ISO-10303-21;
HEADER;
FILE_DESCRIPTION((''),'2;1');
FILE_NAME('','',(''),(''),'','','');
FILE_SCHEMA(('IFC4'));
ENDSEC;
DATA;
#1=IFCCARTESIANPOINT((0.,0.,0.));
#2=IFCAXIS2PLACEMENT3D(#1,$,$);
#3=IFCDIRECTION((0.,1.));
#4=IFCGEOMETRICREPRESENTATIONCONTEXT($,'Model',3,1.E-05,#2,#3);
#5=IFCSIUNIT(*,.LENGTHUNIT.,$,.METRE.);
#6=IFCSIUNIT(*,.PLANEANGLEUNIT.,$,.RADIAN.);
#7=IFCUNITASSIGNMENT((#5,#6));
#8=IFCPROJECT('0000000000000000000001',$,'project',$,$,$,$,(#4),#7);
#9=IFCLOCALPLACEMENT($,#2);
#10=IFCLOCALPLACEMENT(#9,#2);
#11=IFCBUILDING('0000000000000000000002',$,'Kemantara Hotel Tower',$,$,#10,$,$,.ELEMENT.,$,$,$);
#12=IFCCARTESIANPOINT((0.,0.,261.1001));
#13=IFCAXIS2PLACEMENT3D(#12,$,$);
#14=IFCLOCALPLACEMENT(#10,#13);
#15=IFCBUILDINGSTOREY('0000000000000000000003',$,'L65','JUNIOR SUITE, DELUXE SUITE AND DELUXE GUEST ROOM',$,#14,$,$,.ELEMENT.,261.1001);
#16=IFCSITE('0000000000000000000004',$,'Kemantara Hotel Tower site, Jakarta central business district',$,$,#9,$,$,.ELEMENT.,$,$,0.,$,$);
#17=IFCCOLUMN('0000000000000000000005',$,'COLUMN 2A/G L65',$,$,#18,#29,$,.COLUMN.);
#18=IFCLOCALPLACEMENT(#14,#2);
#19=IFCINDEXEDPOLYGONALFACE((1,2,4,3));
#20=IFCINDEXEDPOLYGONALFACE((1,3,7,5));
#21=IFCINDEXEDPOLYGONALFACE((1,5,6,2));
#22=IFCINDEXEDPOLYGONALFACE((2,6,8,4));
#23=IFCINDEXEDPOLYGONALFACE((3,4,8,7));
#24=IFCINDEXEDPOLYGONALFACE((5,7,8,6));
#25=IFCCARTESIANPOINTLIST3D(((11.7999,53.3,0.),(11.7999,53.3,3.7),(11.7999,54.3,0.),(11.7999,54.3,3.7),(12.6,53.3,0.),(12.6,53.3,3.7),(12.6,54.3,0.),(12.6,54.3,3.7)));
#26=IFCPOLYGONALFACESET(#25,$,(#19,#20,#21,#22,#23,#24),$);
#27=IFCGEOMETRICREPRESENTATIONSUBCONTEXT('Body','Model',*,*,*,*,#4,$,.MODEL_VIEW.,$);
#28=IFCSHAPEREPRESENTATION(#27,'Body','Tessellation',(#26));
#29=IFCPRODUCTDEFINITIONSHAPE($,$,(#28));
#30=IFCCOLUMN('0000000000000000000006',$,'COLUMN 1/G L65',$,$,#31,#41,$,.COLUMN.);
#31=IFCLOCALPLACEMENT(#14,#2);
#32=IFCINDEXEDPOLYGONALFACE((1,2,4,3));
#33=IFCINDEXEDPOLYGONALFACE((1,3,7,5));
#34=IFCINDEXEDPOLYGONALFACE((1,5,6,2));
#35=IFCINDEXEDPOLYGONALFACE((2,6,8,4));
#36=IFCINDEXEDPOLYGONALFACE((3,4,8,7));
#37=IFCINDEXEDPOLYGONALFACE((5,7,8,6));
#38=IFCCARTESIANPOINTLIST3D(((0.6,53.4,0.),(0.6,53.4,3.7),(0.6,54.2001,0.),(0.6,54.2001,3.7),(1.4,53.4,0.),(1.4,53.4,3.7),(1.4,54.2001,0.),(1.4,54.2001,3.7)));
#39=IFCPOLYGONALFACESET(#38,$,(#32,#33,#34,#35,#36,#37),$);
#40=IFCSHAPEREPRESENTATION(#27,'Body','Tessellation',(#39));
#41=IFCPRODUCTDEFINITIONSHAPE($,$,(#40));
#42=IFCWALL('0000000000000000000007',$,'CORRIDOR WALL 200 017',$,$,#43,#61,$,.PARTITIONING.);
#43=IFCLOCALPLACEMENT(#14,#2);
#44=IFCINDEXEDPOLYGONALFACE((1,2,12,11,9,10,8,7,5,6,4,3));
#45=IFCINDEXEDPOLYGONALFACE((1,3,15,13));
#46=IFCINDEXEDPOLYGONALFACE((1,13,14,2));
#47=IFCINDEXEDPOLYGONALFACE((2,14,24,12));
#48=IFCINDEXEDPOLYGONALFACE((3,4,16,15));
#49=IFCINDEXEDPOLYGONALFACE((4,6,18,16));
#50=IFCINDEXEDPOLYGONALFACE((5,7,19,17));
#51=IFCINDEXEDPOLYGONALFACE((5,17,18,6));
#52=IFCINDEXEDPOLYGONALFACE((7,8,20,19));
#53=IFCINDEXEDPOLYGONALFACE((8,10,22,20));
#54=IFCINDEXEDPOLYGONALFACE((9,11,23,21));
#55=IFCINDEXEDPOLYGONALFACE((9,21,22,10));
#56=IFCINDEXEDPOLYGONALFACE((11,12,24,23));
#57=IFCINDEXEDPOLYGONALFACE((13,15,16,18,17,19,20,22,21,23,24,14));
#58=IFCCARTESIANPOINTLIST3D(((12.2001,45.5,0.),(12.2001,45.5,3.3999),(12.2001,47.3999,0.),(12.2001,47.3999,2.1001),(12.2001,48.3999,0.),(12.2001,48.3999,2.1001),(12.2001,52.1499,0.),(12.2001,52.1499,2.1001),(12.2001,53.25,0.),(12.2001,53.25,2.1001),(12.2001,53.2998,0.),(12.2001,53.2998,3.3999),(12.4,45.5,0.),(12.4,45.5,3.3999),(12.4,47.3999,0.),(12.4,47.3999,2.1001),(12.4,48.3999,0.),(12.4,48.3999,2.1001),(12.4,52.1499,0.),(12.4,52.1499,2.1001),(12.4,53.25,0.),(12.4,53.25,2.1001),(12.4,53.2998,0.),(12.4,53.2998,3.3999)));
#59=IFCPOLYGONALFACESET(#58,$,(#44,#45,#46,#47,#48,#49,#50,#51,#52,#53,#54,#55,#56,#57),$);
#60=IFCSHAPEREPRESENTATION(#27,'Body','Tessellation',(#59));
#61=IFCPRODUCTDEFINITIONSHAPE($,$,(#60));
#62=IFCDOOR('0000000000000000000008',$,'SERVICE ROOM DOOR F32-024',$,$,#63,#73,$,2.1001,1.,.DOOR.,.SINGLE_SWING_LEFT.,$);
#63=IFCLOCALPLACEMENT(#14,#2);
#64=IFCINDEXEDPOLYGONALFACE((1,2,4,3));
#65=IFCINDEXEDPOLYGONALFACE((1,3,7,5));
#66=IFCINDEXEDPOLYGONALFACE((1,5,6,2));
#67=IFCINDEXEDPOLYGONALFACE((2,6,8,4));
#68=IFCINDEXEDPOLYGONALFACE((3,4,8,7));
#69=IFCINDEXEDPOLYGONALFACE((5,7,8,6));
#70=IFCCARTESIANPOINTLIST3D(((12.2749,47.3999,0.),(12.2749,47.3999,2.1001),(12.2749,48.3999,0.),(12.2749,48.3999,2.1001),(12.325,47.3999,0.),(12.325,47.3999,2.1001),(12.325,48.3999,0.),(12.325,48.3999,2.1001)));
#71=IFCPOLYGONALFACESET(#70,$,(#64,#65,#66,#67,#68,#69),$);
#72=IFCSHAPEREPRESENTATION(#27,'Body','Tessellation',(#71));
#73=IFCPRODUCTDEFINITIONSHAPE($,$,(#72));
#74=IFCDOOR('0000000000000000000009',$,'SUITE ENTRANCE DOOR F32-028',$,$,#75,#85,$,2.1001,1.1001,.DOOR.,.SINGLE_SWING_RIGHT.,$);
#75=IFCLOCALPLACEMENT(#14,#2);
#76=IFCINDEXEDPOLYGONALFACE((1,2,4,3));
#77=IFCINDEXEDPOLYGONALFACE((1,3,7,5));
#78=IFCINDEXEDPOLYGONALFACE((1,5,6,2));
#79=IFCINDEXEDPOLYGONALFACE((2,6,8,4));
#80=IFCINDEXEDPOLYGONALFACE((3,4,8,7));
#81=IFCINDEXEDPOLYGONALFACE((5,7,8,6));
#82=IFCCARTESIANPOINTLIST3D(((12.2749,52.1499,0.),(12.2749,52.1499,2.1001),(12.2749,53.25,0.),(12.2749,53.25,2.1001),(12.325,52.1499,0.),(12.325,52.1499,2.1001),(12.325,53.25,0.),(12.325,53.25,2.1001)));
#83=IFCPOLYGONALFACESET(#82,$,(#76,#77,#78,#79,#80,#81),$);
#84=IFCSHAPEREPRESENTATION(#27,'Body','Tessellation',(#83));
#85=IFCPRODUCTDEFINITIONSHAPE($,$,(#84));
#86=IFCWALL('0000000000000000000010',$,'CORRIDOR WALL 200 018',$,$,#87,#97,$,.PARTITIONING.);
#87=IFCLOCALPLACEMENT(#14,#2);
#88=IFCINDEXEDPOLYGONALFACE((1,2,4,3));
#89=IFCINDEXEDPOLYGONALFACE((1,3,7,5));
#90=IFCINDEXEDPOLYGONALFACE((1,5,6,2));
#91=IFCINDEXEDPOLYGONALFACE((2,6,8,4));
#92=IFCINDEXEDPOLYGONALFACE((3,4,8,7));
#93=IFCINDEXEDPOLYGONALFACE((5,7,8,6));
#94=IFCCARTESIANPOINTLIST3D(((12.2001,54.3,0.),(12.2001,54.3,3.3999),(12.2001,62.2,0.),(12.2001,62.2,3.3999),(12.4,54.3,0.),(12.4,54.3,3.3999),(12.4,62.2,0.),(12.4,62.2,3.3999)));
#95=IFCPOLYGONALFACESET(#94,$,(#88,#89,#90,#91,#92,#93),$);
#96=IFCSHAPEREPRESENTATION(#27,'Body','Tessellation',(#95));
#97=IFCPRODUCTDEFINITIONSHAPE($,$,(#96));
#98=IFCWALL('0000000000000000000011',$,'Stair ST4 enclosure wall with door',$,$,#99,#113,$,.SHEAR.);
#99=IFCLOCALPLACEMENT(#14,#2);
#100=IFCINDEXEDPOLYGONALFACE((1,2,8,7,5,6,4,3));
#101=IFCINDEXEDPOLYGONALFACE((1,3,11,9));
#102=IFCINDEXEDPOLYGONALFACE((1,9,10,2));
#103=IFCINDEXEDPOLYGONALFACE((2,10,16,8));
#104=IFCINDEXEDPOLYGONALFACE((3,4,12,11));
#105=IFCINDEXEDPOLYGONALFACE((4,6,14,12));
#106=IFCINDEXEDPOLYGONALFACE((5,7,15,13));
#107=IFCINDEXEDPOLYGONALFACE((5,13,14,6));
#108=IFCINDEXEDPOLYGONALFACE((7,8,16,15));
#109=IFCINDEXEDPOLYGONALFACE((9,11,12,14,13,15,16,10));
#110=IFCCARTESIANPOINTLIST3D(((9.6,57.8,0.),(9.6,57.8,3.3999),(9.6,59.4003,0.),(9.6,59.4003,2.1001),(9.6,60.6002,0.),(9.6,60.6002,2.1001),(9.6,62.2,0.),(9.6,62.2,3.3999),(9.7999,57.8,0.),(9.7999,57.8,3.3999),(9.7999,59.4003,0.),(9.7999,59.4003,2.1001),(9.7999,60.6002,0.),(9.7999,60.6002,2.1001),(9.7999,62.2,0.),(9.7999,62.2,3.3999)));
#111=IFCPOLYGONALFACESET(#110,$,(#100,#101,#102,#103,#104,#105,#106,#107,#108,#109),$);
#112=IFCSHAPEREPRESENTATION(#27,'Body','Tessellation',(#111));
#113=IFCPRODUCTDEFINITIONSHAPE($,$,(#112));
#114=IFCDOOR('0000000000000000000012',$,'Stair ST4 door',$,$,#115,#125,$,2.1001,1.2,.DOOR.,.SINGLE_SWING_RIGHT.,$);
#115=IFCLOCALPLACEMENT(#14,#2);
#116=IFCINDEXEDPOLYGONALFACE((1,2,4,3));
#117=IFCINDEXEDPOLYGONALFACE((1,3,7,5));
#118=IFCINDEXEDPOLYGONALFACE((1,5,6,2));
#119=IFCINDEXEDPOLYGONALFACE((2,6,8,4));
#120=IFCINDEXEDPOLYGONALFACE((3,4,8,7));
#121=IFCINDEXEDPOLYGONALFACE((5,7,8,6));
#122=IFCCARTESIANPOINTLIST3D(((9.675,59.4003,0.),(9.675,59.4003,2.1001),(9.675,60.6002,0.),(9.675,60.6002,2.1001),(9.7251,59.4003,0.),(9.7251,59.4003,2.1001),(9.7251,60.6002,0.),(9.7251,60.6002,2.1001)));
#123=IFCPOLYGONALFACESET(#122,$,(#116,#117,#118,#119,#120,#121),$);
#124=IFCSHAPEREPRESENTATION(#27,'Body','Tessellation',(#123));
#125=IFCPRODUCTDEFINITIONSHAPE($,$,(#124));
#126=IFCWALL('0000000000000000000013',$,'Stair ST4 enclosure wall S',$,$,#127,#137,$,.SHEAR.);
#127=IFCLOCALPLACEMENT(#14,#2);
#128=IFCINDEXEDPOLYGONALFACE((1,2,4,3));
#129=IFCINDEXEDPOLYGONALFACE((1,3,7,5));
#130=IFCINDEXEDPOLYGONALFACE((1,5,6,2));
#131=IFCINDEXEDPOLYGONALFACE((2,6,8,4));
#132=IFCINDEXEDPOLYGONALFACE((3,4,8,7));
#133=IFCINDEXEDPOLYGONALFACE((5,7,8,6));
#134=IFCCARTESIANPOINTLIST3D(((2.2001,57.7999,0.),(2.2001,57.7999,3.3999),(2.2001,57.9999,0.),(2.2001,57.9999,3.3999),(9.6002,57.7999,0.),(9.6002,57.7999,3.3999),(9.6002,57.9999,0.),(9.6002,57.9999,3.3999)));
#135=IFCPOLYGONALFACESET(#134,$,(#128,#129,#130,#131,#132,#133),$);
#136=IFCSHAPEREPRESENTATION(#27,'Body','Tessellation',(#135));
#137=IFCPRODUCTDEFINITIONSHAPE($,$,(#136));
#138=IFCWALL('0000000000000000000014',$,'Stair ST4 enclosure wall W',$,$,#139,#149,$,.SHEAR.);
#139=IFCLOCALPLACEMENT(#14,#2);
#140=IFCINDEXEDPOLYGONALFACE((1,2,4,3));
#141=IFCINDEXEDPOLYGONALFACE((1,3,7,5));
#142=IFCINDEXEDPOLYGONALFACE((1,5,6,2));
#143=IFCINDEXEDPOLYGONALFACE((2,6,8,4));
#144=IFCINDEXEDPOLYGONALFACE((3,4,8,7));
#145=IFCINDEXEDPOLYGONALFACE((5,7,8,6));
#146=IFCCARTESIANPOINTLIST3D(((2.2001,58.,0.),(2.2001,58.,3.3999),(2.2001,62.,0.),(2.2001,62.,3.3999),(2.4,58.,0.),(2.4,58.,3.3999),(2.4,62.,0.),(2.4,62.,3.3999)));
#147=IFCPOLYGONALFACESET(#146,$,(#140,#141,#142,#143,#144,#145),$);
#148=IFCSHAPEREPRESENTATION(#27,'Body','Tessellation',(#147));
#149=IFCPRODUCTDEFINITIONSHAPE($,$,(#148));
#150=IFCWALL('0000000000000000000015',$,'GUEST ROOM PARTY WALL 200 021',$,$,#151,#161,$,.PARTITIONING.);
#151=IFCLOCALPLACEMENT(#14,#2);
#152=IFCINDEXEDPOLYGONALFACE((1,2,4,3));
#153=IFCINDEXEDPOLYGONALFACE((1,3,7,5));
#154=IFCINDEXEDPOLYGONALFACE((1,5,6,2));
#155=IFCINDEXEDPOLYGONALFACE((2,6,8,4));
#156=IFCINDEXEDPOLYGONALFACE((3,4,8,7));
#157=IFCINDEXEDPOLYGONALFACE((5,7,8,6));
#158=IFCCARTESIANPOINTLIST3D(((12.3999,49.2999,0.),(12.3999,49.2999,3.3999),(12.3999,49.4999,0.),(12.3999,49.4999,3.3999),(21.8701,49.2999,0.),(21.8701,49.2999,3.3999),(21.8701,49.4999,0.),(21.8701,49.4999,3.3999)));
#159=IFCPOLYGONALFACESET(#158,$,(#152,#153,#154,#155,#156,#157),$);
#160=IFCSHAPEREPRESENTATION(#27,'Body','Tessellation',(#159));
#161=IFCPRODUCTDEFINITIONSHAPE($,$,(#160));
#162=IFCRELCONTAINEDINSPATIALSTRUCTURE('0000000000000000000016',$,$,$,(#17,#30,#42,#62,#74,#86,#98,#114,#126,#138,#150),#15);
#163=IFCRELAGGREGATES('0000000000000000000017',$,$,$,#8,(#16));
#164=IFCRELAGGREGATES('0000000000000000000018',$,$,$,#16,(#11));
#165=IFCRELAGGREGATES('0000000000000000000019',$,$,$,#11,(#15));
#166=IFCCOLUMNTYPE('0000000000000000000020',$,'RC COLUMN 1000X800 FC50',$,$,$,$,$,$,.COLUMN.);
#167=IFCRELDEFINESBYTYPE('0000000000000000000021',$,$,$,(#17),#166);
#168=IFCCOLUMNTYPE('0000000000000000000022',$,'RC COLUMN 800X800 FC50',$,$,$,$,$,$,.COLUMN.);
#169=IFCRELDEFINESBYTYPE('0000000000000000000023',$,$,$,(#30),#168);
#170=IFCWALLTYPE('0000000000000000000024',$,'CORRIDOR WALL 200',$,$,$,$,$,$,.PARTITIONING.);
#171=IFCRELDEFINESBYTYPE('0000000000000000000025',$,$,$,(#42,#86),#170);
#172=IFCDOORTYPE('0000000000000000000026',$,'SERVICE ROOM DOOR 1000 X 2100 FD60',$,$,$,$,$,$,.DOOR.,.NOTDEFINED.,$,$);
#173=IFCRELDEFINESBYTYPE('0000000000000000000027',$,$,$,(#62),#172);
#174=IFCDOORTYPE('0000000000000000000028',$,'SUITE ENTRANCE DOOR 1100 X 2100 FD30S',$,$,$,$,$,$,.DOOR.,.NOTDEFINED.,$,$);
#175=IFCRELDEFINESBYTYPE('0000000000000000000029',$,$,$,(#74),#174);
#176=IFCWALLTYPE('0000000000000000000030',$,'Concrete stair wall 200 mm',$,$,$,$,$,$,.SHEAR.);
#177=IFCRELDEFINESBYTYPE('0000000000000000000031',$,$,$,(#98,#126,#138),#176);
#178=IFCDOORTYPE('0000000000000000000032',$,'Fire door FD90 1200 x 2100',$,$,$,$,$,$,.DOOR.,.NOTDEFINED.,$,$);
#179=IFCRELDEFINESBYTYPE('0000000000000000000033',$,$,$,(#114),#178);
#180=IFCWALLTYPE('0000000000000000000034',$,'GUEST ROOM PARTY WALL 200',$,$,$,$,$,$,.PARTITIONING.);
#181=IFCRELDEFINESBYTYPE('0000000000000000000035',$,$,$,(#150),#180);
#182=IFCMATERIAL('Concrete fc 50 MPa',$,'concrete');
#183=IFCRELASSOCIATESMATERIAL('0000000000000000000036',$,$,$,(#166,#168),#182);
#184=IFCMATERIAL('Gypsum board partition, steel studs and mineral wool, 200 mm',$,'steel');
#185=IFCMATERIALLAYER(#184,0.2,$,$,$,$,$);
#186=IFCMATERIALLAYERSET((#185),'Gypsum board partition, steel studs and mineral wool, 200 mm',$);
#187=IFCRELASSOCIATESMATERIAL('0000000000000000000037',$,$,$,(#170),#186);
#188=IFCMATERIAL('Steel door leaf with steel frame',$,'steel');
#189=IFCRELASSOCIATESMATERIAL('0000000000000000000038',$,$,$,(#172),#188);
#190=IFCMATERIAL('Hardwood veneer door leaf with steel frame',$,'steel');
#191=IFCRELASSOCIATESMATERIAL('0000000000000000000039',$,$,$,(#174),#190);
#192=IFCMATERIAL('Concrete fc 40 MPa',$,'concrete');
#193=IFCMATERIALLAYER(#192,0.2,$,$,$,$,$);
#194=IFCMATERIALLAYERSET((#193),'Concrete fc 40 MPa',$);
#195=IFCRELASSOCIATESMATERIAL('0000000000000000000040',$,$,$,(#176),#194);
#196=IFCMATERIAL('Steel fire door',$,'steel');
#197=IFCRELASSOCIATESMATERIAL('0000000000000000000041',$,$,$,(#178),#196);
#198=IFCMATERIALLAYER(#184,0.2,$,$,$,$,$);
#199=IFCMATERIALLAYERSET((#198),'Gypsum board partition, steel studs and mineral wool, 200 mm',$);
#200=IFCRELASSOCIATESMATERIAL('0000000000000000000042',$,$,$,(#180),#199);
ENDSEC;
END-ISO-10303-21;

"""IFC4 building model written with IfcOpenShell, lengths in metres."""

from ifc_helpers import new_model, si_unit, direction, frame, frame_2d, origin, origin_2d, place, context, subcontext, project, spatial, rectangle, extrude, material, layer, layer_set, material_profile, profile_set, type_object, element, fill, save


model = new_model("IFC4")

# Units and contexts
model_context = context("Model", 3, precision=1e-05, world=origin(), true_north=direction((0.0, 1.0)))
body_context = subcontext(model_context, "Body", "Model", "MODEL_VIEW")
ifc_project = project(units=[si_unit("LENGTHUNIT", "METRE"), si_unit("PLANEANGLEUNIT", "RADIAN")], contexts=[model_context])

# Site, building, storey
site_placement = place(None, origin())
site = spatial("IfcSite", under=ifc_project, at=site_placement, Name="Kemantara Hotel Tower site, Jakarta central business district", CompositionType="ELEMENT", RefElevation=0.0)
building_placement = place(site_placement, origin())
building = spatial("IfcBuilding", under=site, at=building_placement, Name="Kemantara Hotel Tower", CompositionType="ELEMENT")
storey_placement = place(building_placement, frame((0.0, 0.0, 261.1001)))
storey = spatial("IfcBuildingStorey", under=building, at=storey_placement, Name="L65", Description="JUNIOR SUITE, DELUXE SUITE AND DELUXE GUEST ROOM", CompositionType="ELEMENT", Elevation=261.1001)

# Columns
ifc_material_1 = material(Name="Concrete fc 50 MPa", Category="concrete")
ifc_material_profile_1 = material_profile(ifc_material_1, rectangle(XDim=1.0, YDim=0.8, at=origin_2d()), Name="RC 1000X800")
ifc_profile_set_1 = profile_set([ifc_material_profile_1], Name="Concrete fc 50 MPa")
column_type_1 = type_object("IfcColumnType", Name="RC COLUMN 1000X800 FC50", PredefinedType="COLUMN", material=ifc_profile_set_1)
column_1_placement = place(storey_placement, frame((12.2, 53.8, 0.0), z_axis=(0.0, 0.0, 1.0), x_axis=(0.0, 1.0, 0.0)))
element("IfcColumn", 1, at=column_1_placement, inside=storey, type_object=column_type_1, Name="COLUMN 2A/G L65", PredefinedType="COLUMN", context=body_context, shape_type="SweptSolid", body=[
    extrude(rectangle(XDim=1.0, YDim=0.8, at=origin_2d()), origin(), (0.0, 0.0, 1.0), 3.7),
])
ifc_material_profile_2 = material_profile(ifc_material_1, rectangle(XDim=0.8, YDim=0.8, at=origin_2d()), Name="RC 800X800")
ifc_profile_set_2 = profile_set([ifc_material_profile_2], Name="Concrete fc 50 MPa")
column_type_2 = type_object("IfcColumnType", Name="RC COLUMN 800X800 FC50", PredefinedType="COLUMN", material=ifc_profile_set_2)
column_2_placement = place(storey_placement, frame((1.0, 53.8, 0.0), z_axis=(0.0, 0.0, 1.0), x_axis=(1.0, 0.0, 0.0)))
element("IfcColumn", 2, at=column_2_placement, inside=storey, type_object=column_type_2, Name="COLUMN 1/G L65", PredefinedType="COLUMN", context=body_context, shape_type="SweptSolid", body=[
    extrude(rectangle(XDim=0.8, YDim=0.8, at=origin_2d()), origin(), (0.0, 0.0, 1.0), 3.7),
])

# Wall, openings, doors
ifc_material_2 = material(Name="Gypsum board partition, steel studs and mineral wool, 200 mm", Category="steel")
ifc_layer_1 = layer(ifc_material_2, 0.2)
ifc_layer_set_1 = layer_set([ifc_layer_1], Name="Gypsum board partition, steel studs and mineral wool, 200 mm")
wall_type_1 = type_object("IfcWallType", Name="CORRIDOR WALL 200", PredefinedType="PARTITIONING", material=ifc_layer_set_1)
wall_1_placement = place(storey_placement, frame((12.3, 53.2998, 0.0), z_axis=(0.0, 0.0, 1.0), x_axis=(0.0, -1.0, 0.0)))
wall_1 = element("IfcWall", 3, at=wall_1_placement, inside=storey, type_object=wall_type_1, Name="CORRIDOR WALL 200 017", PredefinedType="PARTITIONING", context=body_context, shape_type="SweptSolid", body=[
    extrude(rectangle(XDim=7.7998, YDim=0.2, at=frame_2d((3.8999, 0.0))), origin(), (0.0, 0.0, 1.0), 3.3999),
])
opening_1_placement = place(wall_1_placement, frame((4.8999, 0.0, 0.0)))
opening_1 = element("IfcOpeningElement", 4, at=opening_1_placement, cuts=wall_1, PredefinedType="OPENING", context=body_context, shape_type="SweptSolid", body=[
    extrude(rectangle(XDim=1.0, YDim=2.1001, at=frame_2d((0.5, 1.05))), frame((0.0, 0.1099, 0.0), z_axis=(0.0, -1.0, 0.0), x_axis=(1.0, 0.0, 0.0)), (0.0, 0.0, 1.0), 0.22),
])
opening_2_placement = place(wall_1_placement, frame((0.0498, 0.0, 0.0)))
opening_2 = element("IfcOpeningElement", 5, at=opening_2_placement, cuts=wall_1, PredefinedType="OPENING", context=body_context, shape_type="SweptSolid", body=[
    extrude(rectangle(XDim=1.1001, YDim=2.1001, at=frame_2d((0.55, 1.05))), frame((0.0, 0.1099, 0.0), z_axis=(0.0, -1.0, 0.0), x_axis=(1.0, 0.0, 0.0)), (0.0, 0.0, 1.0), 0.22),
])
ifc_material_3 = material(Name="Steel door leaf with steel frame", Category="steel")
door_type_1 = type_object("IfcDoorType", Name="SERVICE ROOM DOOR 1000 X 2100 FD60", OperationType="NOTDEFINED", PredefinedType="DOOR", material=ifc_material_3)
door_1_placement = place(opening_1_placement, origin())
door_1 = element("IfcDoor", 6, at=door_1_placement, inside=storey, type_object=door_type_1, Name="SERVICE ROOM DOOR F32-024", OperationType="SINGLE_SWING_LEFT", OverallHeight=2.1001, OverallWidth=1.0, PredefinedType="DOOR", context=body_context, shape_type="SweptSolid", body=[
    extrude(rectangle(XDim=1.0, YDim=2.1001, at=frame_2d((0.5, 1.05))), frame((0.0, 0.0249, 0.0), z_axis=(0.0, -1.0, 0.0), x_axis=(1.0, 0.0, 0.0)), (0.0, 0.0, 1.0), 0.05),
])
fill(opening_1, door_1)
ifc_material_4 = material(Name="Hardwood veneer door leaf with steel frame", Category="steel")
door_type_2 = type_object("IfcDoorType", Name="SUITE ENTRANCE DOOR 1100 X 2100 FD30S", OperationType="NOTDEFINED", PredefinedType="DOOR", material=ifc_material_4)
door_2_placement = place(opening_2_placement, origin())
door_2 = element("IfcDoor", 7, at=door_2_placement, inside=storey, type_object=door_type_2, Name="SUITE ENTRANCE DOOR F32-028", OperationType="SINGLE_SWING_RIGHT", OverallHeight=2.1001, OverallWidth=1.1001, PredefinedType="DOOR", context=body_context, shape_type="SweptSolid", body=[
    extrude(rectangle(XDim=1.1001, YDim=2.1001, at=frame_2d((0.55, 1.05))), frame((0.0, 0.0249, 0.0), z_axis=(0.0, -1.0, 0.0), x_axis=(1.0, 0.0, 0.0)), (0.0, 0.0, 1.0), 0.05),
])
fill(opening_2, door_2)

# Wall
wall_2_placement = place(storey_placement, frame((12.3, 54.3, 0.0), z_axis=(0.0, 0.0, 1.0), x_axis=(0.0, 1.0, 0.0)))
element("IfcWall", 8, at=wall_2_placement, inside=storey, type_object=wall_type_1, Name="CORRIDOR WALL 200 018", PredefinedType="PARTITIONING", context=body_context, shape_type="SweptSolid", body=[
    extrude(rectangle(XDim=7.8999, YDim=0.2, at=frame_2d((3.95, 0.0))), origin(), (0.0, 0.0, 1.0), 3.3999),
])

# Wall, opening, door
ifc_material_5 = material(Name="Concrete fc 40 MPa", Category="concrete")
ifc_layer_2 = layer(ifc_material_5, 0.2)
ifc_layer_set_2 = layer_set([ifc_layer_2], Name="Concrete fc 40 MPa")
wall_type_2 = type_object("IfcWallType", Name="Concrete stair wall 200 mm", PredefinedType="SHEAR", material=ifc_layer_set_2)
wall_3_placement = place(storey_placement, frame((9.7, 57.8, 0.0), z_axis=(0.0, 0.0, 1.0), x_axis=(0.0, 1.0, 0.0)))
wall_3 = element("IfcWall", 9, at=wall_3_placement, inside=storey, type_object=wall_type_2, Name="Stair ST4 enclosure wall with door", PredefinedType="SHEAR", context=body_context, shape_type="SweptSolid", body=[
    extrude(rectangle(XDim=4.3999, YDim=0.2, at=frame_2d((2.2, 0.0))), origin(), (0.0, 0.0, 1.0), 3.3999),
])
opening_3_placement = place(wall_3_placement, frame((1.6001, 0.0, 0.0)))
opening_3 = element("IfcOpeningElement", 10, at=opening_3_placement, cuts=wall_3, PredefinedType="OPENING", context=body_context, shape_type="SweptSolid", body=[
    extrude(rectangle(XDim=1.2, YDim=2.1001, at=frame_2d((0.6001, 1.05))), frame((0.0, 0.1099, 0.0), z_axis=(0.0, -1.0, 0.0), x_axis=(1.0, 0.0, 0.0)), (0.0, 0.0, 1.0), 0.22),
])
ifc_material_6 = material(Name="Steel fire door", Category="steel")
door_type_3 = type_object("IfcDoorType", Name="Fire door FD90 1200 x 2100", OperationType="NOTDEFINED", PredefinedType="DOOR", material=ifc_material_6)
door_3_placement = place(opening_3_placement, origin())
door_3 = element("IfcDoor", 11, at=door_3_placement, inside=storey, type_object=door_type_3, Name="Stair ST4 door", OperationType="SINGLE_SWING_RIGHT", OverallHeight=2.1001, OverallWidth=1.2, PredefinedType="DOOR", context=body_context, shape_type="SweptSolid", body=[
    extrude(rectangle(XDim=1.2, YDim=2.1001, at=frame_2d((0.6001, 1.05))), frame((0.0, 0.0249, 0.0), z_axis=(0.0, -1.0, 0.0), x_axis=(1.0, 0.0, 0.0)), (0.0, 0.0, 1.0), 0.05),
])
fill(opening_3, door_3)

# Walls
wall_4_placement = place(storey_placement, frame((2.2, 57.8999, 0.0), z_axis=(0.0, 0.0, 1.0), x_axis=(1.0, 0.0, 0.0)))
element("IfcWall", 12, at=wall_4_placement, inside=storey, type_object=wall_type_2, Name="Stair ST4 enclosure wall S", PredefinedType="SHEAR", context=body_context, shape_type="SweptSolid", body=[
    extrude(rectangle(XDim=7.4001, YDim=0.2, at=frame_2d((3.7002, 0.0))), origin(), (0.0, 0.0, 1.0), 3.3999),
])
wall_5_placement = place(storey_placement, frame((2.3, 58.0, 0.0), z_axis=(0.0, 0.0, 1.0), x_axis=(0.0, 1.0, 0.0)))
element("IfcWall", 13, at=wall_5_placement, inside=storey, type_object=wall_type_2, Name="Stair ST4 enclosure wall W", PredefinedType="SHEAR", context=body_context, shape_type="SweptSolid", body=[
    extrude(rectangle(XDim=4.0, YDim=0.2, at=frame_2d((2.0, 0.0))), origin(), (0.0, 0.0, 1.0), 3.3999),
])
ifc_layer_3 = layer(ifc_material_2, 0.2)
ifc_layer_set_3 = layer_set([ifc_layer_3], Name="Gypsum board partition, steel studs and mineral wool, 200 mm")
wall_type_3 = type_object("IfcWallType", Name="GUEST ROOM PARTY WALL 200", PredefinedType="PARTITIONING", material=ifc_layer_set_3)
wall_6_placement = place(storey_placement, frame((12.3999, 49.3999, 0.0), z_axis=(0.0, 0.0, 1.0), x_axis=(1.0, 0.0, 0.0)))
element("IfcWall", 14, at=wall_6_placement, inside=storey, type_object=wall_type_3, Name="GUEST ROOM PARTY WALL 200 021", PredefinedType="PARTITIONING", context=body_context, shape_type="SweptSolid", body=[
    extrude(rectangle(XDim=9.4702, YDim=0.2, at=frame_2d((4.7351, 0.0))), origin(), (0.0, 0.0, 1.0), 3.3999),
])

save(model, "model.ifc")
